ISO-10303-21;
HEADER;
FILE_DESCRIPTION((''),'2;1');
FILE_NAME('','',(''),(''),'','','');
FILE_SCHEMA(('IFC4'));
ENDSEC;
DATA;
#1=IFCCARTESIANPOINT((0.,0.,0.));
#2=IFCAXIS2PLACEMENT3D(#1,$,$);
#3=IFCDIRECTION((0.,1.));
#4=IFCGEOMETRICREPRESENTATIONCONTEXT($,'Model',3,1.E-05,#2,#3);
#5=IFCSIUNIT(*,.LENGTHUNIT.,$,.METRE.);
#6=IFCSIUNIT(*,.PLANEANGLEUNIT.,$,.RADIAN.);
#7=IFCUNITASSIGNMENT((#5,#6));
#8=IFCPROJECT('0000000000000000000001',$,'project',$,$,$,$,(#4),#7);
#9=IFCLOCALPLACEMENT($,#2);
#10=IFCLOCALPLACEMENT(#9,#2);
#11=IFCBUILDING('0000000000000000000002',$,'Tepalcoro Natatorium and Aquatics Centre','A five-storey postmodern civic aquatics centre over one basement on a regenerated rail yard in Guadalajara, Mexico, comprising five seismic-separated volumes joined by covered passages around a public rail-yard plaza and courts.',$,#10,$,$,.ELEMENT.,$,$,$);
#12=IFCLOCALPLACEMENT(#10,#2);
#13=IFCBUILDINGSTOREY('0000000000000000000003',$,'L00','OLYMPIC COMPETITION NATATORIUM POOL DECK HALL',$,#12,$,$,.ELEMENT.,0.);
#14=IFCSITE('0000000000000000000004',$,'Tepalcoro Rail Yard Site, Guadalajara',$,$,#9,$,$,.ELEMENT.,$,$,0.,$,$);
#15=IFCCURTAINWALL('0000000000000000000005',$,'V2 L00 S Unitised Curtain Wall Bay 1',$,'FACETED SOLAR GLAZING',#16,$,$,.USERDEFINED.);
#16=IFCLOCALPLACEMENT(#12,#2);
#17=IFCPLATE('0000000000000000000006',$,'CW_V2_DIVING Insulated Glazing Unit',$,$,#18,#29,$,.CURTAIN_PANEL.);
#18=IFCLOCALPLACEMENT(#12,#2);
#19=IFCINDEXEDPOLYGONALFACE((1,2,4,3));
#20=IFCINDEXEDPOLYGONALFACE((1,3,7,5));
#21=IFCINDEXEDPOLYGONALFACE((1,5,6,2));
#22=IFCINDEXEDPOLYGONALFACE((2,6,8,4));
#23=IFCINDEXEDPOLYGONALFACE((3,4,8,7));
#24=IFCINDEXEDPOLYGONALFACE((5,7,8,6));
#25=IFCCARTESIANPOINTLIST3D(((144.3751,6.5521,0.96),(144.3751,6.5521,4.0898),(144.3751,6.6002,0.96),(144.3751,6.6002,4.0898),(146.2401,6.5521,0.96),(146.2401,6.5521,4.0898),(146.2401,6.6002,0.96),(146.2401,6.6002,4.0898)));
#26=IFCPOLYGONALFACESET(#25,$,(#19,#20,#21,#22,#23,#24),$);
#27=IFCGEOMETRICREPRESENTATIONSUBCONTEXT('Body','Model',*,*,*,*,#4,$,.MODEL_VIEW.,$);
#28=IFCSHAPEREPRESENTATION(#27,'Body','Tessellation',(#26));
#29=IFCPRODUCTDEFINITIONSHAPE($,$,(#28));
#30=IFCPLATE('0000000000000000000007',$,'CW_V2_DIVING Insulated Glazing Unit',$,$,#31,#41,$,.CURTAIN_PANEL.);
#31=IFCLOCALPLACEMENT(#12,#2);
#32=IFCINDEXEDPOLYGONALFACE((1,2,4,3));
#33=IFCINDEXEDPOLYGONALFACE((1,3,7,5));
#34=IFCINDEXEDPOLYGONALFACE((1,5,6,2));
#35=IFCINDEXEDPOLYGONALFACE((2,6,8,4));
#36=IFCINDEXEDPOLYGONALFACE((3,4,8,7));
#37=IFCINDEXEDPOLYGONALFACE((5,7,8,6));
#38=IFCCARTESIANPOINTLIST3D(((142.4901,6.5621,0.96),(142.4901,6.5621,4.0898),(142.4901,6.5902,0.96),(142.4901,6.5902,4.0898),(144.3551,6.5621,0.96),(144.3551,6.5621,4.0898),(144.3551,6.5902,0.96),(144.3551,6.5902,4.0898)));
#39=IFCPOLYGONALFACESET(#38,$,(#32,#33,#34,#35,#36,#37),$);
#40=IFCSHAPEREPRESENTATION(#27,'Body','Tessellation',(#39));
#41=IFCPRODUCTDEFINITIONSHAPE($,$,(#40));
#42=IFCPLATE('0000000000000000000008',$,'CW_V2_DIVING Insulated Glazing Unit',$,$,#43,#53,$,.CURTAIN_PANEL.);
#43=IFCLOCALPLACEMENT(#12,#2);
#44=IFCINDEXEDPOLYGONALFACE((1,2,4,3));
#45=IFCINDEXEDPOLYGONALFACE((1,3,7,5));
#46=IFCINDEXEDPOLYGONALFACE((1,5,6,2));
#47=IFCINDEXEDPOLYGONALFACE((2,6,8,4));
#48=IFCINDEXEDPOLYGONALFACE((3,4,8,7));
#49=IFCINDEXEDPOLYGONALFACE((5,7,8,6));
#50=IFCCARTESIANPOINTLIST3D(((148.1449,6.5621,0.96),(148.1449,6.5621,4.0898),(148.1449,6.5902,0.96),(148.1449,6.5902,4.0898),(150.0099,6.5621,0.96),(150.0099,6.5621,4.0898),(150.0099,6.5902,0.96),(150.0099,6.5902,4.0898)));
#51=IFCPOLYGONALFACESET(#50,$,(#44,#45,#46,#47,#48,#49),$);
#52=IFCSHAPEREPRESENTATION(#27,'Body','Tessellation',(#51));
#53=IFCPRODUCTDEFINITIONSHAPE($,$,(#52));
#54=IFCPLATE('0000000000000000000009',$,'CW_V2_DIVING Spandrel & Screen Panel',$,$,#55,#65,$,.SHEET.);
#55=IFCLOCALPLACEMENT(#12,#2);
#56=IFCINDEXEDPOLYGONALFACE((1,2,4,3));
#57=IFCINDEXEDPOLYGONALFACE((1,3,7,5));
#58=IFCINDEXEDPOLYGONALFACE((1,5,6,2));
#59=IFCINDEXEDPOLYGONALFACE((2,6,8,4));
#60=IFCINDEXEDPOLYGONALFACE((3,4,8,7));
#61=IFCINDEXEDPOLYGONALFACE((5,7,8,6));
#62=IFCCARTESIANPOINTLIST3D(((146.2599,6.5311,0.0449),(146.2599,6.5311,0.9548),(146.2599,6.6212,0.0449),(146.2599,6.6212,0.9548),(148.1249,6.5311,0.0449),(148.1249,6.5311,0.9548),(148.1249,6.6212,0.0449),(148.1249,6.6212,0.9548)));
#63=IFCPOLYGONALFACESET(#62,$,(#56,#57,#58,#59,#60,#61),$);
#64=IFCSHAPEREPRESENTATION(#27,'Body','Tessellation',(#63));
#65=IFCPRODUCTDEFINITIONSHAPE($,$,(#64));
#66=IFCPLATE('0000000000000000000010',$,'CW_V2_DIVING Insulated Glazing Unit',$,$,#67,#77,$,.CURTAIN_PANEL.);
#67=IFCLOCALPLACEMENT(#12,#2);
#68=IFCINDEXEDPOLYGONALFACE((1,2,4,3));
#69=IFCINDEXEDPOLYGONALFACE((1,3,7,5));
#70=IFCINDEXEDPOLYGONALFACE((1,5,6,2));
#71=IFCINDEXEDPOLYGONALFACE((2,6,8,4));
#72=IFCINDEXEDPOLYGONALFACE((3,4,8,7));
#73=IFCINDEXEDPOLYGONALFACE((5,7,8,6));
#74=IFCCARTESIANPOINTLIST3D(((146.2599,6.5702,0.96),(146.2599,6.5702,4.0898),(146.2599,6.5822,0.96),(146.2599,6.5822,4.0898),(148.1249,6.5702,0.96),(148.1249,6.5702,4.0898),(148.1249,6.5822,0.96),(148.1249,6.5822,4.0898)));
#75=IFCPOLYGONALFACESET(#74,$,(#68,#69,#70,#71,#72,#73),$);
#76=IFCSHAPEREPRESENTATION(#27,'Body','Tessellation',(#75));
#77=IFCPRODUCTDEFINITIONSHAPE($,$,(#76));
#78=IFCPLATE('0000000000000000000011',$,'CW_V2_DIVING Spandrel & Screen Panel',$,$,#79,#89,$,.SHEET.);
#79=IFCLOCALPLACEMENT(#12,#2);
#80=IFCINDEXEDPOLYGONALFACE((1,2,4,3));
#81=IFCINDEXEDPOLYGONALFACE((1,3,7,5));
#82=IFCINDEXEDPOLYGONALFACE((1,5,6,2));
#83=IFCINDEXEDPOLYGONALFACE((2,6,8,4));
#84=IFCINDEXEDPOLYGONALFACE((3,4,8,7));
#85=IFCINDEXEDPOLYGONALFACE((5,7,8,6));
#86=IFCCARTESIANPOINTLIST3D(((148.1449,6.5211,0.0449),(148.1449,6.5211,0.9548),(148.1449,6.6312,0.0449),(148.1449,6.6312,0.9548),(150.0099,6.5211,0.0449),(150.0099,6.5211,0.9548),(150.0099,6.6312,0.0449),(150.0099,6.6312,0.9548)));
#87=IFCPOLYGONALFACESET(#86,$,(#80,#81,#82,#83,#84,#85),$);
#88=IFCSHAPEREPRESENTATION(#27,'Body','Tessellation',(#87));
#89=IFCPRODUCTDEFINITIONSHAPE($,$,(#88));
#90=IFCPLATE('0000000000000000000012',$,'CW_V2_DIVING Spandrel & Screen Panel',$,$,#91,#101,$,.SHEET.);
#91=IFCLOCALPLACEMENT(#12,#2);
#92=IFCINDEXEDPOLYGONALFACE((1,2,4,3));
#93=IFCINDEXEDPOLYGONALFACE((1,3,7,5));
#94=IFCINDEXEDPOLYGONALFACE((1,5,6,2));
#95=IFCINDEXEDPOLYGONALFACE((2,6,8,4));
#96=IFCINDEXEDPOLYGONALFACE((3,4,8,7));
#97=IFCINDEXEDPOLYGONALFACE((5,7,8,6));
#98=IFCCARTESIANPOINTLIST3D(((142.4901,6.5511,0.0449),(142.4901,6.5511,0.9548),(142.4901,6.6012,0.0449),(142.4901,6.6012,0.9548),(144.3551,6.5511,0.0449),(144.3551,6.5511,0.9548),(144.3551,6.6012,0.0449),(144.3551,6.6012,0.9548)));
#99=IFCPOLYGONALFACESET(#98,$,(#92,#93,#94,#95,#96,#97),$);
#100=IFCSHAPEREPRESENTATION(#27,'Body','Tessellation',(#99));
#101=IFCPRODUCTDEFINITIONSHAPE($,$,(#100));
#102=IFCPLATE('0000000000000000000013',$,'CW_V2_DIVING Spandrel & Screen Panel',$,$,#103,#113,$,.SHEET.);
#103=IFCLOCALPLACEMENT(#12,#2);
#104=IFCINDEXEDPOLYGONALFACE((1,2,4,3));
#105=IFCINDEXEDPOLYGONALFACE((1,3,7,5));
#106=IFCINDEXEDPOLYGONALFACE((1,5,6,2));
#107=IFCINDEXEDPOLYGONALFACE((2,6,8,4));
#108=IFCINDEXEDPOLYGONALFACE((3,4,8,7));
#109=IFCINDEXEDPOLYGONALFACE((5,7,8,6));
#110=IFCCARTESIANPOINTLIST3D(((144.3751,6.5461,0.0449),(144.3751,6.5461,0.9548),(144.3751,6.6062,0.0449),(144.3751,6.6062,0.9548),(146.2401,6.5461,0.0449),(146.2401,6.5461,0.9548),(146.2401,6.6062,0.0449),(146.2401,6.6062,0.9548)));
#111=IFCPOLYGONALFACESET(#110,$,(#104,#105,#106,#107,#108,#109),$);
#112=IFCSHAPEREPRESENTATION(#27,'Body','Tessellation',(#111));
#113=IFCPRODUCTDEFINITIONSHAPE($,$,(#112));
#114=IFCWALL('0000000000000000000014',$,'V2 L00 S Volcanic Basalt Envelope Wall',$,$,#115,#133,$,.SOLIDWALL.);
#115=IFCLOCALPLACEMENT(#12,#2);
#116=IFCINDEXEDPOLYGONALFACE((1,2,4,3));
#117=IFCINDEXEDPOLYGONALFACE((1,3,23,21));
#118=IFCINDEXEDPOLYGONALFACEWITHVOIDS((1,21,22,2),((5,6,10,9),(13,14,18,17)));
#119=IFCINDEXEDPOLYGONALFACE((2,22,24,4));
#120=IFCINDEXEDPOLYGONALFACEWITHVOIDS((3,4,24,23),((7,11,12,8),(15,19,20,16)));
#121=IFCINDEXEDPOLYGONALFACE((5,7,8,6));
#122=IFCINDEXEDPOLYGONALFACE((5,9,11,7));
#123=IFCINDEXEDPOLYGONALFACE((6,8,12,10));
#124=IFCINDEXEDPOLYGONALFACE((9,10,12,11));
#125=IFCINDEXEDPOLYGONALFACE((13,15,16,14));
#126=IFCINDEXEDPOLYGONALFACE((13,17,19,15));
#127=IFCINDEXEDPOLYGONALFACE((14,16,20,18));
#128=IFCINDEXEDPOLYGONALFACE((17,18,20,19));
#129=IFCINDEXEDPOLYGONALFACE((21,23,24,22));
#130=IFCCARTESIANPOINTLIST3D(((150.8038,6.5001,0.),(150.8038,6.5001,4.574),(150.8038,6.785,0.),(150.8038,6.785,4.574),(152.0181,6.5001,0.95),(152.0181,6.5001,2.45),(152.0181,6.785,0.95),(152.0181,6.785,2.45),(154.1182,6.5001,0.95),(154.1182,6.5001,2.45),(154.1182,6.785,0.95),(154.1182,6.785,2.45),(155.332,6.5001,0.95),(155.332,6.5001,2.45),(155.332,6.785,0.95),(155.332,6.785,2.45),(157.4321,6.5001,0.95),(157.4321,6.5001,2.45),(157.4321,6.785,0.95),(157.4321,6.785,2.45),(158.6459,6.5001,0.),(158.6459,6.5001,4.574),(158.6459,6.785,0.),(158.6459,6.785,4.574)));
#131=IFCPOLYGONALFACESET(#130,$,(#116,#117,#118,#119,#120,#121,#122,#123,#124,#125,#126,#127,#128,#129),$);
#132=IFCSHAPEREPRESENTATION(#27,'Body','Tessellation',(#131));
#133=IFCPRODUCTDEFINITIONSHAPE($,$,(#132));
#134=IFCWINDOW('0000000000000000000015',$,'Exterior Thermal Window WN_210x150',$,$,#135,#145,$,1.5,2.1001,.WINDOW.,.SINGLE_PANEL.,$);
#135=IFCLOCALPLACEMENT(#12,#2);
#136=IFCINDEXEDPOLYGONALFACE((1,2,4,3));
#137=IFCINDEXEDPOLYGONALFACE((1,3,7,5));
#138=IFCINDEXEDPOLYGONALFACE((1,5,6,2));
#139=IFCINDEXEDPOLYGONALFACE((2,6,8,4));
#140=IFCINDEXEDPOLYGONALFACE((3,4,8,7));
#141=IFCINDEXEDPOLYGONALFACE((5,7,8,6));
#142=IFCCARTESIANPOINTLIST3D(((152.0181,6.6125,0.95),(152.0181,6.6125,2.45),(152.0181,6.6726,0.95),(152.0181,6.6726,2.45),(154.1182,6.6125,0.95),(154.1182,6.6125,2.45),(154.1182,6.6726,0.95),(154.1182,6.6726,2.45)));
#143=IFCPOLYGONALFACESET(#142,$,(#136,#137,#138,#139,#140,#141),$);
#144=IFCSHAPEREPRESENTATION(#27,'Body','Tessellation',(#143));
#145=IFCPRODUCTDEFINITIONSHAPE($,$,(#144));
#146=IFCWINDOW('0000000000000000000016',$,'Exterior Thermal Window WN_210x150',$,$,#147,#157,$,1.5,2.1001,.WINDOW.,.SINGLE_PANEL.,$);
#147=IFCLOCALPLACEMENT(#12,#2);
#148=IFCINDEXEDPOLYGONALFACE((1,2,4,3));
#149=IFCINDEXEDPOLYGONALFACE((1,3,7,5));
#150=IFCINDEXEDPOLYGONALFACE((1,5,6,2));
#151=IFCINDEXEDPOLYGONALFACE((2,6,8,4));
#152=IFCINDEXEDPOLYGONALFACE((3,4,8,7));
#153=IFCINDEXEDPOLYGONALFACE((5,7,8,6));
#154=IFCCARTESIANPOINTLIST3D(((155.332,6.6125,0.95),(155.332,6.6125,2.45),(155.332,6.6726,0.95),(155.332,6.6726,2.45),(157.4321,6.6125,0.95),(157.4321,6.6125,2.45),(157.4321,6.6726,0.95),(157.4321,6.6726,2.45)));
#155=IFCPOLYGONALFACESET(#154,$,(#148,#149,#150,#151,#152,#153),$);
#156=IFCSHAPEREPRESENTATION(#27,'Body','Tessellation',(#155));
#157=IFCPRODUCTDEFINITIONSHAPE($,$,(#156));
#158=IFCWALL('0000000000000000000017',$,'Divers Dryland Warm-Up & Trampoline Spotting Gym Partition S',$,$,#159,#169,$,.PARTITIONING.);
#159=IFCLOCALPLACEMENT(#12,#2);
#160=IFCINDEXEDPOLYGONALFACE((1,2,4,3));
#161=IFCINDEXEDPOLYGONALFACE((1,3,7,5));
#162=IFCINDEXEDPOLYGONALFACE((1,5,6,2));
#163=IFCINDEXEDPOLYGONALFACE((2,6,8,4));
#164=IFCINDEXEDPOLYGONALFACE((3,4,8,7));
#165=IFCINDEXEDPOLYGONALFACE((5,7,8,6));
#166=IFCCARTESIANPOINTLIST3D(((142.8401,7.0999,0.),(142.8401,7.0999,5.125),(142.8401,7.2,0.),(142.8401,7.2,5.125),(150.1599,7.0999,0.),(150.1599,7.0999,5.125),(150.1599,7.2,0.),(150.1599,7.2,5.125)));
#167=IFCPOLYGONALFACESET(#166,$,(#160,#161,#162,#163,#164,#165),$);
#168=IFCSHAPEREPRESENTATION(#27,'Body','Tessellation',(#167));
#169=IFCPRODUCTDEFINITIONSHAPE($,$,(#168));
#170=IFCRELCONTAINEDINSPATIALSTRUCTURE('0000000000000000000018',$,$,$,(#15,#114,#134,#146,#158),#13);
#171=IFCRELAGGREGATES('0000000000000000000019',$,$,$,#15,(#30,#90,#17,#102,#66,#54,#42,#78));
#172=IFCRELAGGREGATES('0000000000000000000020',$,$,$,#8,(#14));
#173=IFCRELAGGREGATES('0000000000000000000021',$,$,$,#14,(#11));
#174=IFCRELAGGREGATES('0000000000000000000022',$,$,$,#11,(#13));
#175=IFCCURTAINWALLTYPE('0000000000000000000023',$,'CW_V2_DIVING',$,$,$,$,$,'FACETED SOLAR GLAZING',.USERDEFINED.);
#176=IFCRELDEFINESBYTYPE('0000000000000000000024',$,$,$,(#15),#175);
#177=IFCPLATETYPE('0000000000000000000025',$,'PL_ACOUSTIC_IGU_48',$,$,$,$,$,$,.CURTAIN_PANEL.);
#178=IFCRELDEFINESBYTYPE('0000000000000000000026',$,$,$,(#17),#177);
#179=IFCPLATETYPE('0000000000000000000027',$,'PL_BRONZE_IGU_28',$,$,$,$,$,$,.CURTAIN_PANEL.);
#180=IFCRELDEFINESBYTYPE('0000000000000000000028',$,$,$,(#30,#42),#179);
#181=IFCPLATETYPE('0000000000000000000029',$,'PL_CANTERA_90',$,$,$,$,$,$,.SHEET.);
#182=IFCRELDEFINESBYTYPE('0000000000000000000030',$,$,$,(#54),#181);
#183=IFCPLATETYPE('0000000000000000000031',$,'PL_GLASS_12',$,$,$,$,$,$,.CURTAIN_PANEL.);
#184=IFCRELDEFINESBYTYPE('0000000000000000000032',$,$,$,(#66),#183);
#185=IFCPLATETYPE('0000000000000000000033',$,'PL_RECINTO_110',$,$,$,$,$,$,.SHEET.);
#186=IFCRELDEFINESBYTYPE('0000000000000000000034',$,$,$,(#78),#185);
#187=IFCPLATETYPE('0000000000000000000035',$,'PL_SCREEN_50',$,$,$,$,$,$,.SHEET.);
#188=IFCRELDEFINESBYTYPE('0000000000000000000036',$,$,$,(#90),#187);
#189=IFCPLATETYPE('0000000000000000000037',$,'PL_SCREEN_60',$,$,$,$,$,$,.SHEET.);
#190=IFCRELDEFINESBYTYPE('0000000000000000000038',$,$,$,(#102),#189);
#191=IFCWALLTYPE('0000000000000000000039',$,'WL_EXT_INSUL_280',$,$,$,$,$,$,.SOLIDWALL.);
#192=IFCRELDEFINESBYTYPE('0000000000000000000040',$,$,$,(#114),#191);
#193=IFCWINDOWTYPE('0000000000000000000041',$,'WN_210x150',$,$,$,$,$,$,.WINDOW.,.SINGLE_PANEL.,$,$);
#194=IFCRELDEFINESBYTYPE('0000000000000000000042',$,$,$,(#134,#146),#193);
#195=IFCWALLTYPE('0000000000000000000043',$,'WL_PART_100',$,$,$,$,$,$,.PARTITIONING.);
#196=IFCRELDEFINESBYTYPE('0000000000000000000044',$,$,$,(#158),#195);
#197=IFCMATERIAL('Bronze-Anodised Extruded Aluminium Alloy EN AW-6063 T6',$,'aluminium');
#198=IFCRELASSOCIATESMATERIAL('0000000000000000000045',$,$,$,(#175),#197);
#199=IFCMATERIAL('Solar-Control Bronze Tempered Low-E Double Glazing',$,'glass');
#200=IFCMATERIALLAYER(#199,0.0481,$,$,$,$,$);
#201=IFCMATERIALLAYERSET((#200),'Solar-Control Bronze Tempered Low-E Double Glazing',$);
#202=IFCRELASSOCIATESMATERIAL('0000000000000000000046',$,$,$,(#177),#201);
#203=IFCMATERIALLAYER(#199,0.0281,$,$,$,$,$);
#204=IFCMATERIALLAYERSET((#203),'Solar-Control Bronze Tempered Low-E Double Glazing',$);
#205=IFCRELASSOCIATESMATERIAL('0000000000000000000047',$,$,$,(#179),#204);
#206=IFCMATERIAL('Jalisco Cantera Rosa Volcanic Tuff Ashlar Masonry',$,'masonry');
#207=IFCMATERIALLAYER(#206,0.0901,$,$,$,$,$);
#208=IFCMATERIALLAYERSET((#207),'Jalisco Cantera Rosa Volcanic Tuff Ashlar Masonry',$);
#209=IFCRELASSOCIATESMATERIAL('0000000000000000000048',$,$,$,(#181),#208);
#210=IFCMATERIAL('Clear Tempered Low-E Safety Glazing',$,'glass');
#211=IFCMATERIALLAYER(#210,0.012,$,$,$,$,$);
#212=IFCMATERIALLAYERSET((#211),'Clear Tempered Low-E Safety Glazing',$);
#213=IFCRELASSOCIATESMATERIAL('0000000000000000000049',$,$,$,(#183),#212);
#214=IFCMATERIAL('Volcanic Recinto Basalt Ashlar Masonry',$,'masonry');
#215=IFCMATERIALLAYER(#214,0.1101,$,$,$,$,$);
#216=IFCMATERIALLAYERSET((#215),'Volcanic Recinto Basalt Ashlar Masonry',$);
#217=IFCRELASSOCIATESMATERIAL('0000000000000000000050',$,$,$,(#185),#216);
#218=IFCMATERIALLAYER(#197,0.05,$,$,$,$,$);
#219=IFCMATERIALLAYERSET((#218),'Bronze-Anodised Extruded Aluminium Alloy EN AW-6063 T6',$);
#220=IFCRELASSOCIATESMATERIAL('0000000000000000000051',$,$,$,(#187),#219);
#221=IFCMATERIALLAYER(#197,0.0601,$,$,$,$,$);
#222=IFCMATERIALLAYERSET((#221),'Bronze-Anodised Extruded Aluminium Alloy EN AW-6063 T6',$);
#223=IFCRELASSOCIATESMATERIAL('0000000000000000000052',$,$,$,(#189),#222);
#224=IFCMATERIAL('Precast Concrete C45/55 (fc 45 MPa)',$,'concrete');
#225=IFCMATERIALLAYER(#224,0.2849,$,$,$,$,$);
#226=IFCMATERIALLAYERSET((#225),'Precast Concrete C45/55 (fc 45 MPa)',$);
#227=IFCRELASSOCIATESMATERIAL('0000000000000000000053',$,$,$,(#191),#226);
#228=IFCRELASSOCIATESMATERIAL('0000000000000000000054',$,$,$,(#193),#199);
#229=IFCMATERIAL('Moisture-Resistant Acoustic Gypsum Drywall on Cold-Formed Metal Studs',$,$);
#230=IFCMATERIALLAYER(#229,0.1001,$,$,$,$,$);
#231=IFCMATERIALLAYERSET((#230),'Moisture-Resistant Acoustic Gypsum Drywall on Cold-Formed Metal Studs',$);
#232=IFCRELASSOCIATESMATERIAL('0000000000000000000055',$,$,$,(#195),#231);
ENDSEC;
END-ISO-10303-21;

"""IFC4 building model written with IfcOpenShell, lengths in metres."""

from ifc_helpers import new_model, si_unit, direction, frame, frame_2d, origin, origin_2d, place, context, subcontext, project, spatial, rectangle, extrude, material, layer, layer_set, type_object, element, fill, aggregate, save


model = new_model("IFC4")

# Units and contexts
model_context = context("Model", 3, precision=1e-05, world=origin(), true_north=direction((0.0, 1.0)))
body_context = subcontext(model_context, "Body", "Model", "MODEL_VIEW")
ifc_project = project(units=[si_unit("LENGTHUNIT", "METRE"), si_unit("PLANEANGLEUNIT", "RADIAN")], contexts=[model_context])

# Site, building, storey
site_placement = place(None, origin())
site = spatial("IfcSite", under=ifc_project, at=site_placement, Name="Tepalcoro Rail Yard Site, Guadalajara", CompositionType="ELEMENT", RefElevation=0.0)
building_placement = place(site_placement, origin())
building = spatial("IfcBuilding", under=site, at=building_placement, Name="Tepalcoro Natatorium and Aquatics Centre", Description="A five-storey postmodern civic aquatics centre over one basement on a regenerated rail yard in Guadalajara, Mexico, comprising five seismic-separated volumes joined by covered passages around a public rail-yard plaza and courts.", CompositionType="ELEMENT")
storey_placement = place(building_placement, origin())
storey = spatial("IfcBuildingStorey", under=building, at=storey_placement, Name="L00", Description="OLYMPIC COMPETITION NATATORIUM POOL DECK HALL", CompositionType="ELEMENT", Elevation=0.0)

# Curtain wall
ifc_material_1 = material(Name="Bronze-Anodised Extruded Aluminium Alloy EN AW-6063 T6", Category="aluminium")
curtain_wall_type = type_object("IfcCurtainWallType", Name="CW_V2_DIVING", ElementType="FACETED SOLAR GLAZING", PredefinedType="USERDEFINED", material=ifc_material_1)
curtain_wall_placement = place(storey_placement, origin())
curtain_wall = element("IfcCurtainWall", 1, at=curtain_wall_placement, inside=storey, type_object=curtain_wall_type, Name="V2 L00 S Unitised Curtain Wall Bay 1", ObjectType="FACETED SOLAR GLAZING", PredefinedType="USERDEFINED")

# Plates
ifc_material_2 = material(Name="Solar-Control Bronze Tempered Low-E Double Glazing", Category="glass")
ifc_layer_1 = layer(ifc_material_2, 0.0481)
ifc_layer_set_1 = layer_set([ifc_layer_1], Name="Solar-Control Bronze Tempered Low-E Double Glazing")
plate_type_1 = type_object("IfcPlateType", Name="PL_ACOUSTIC_IGU_48", PredefinedType="CURTAIN_PANEL", material=ifc_layer_set_1)
plate_1_placement = place(storey_placement, frame((145.3076, 6.5762, 0.96), z_axis=(0.0, 0.0, 1.0), x_axis=(1.0, 0.0, 0.0)))
plate_1 = element("IfcPlate", 2, at=plate_1_placement, type_object=plate_type_1, Name="CW_V2_DIVING Insulated Glazing Unit", PredefinedType="CURTAIN_PANEL", context=body_context, shape_type="SweptSolid", body=[
    extrude(rectangle(XDim=1.865, YDim=0.0481, at=origin_2d()), origin(), (0.0, 0.0, 1.0), 3.1299),
])
ifc_layer_2 = layer(ifc_material_2, 0.0281)
ifc_layer_set_2 = layer_set([ifc_layer_2], Name="Solar-Control Bronze Tempered Low-E Double Glazing")
plate_type_2 = type_object("IfcPlateType", Name="PL_BRONZE_IGU_28", PredefinedType="CURTAIN_PANEL", material=ifc_layer_set_2)
plate_2_placement = place(storey_placement, frame((143.4226, 6.5762, 0.96), z_axis=(0.0, 0.0, 1.0), x_axis=(1.0, 0.0, 0.0)))
plate_2 = element("IfcPlate", 3, at=plate_2_placement, type_object=plate_type_2, Name="CW_V2_DIVING Insulated Glazing Unit", PredefinedType="CURTAIN_PANEL", context=body_context, shape_type="SweptSolid", body=[
    extrude(rectangle(XDim=1.865, YDim=0.0281, at=origin_2d()), origin(), (0.0, 0.0, 1.0), 3.1299),
])
plate_3_placement = place(storey_placement, frame((149.0774, 6.5762, 0.96), z_axis=(0.0, 0.0, 1.0), x_axis=(1.0, 0.0, 0.0)))
plate_3 = element("IfcPlate", 4, at=plate_3_placement, type_object=plate_type_2, Name="CW_V2_DIVING Insulated Glazing Unit", PredefinedType="CURTAIN_PANEL", context=body_context, shape_type="SweptSolid", body=[
    extrude(rectangle(XDim=1.865, YDim=0.0281, at=origin_2d()), origin(), (0.0, 0.0, 1.0), 3.1299),
])
ifc_material_3 = material(Name="Jalisco Cantera Rosa Volcanic Tuff Ashlar Masonry", Category="masonry")
ifc_layer_3 = layer(ifc_material_3, 0.0901)
ifc_layer_set_3 = layer_set([ifc_layer_3], Name="Jalisco Cantera Rosa Volcanic Tuff Ashlar Masonry")
plate_type_3 = type_object("IfcPlateType", Name="PL_CANTERA_90", PredefinedType="SHEET", material=ifc_layer_set_3)
plate_4_placement = place(storey_placement, frame((147.1924, 6.5762, 0.0449), z_axis=(0.0, 0.0, 1.0), x_axis=(1.0, 0.0, 0.0)))
plate_4 = element("IfcPlate", 5, at=plate_4_placement, type_object=plate_type_3, Name="CW_V2_DIVING Spandrel & Screen Panel", PredefinedType="SHEET", context=body_context, shape_type="SweptSolid", body=[
    extrude(rectangle(XDim=1.865, YDim=0.0901, at=origin_2d()), origin(), (0.0, 0.0, 1.0), 0.9099),
])
ifc_material_4 = material(Name="Clear Tempered Low-E Safety Glazing", Category="glass")
ifc_layer_4 = layer(ifc_material_4, 0.012)
ifc_layer_set_4 = layer_set([ifc_layer_4], Name="Clear Tempered Low-E Safety Glazing")
plate_type_4 = type_object("IfcPlateType", Name="PL_GLASS_12", PredefinedType="CURTAIN_PANEL", material=ifc_layer_set_4)
plate_5_placement = place(storey_placement, frame((147.1924, 6.5762, 0.96), z_axis=(0.0, 0.0, 1.0), x_axis=(1.0, 0.0, 0.0)))
plate_5 = element("IfcPlate", 6, at=plate_5_placement, type_object=plate_type_4, Name="CW_V2_DIVING Insulated Glazing Unit", PredefinedType="CURTAIN_PANEL", context=body_context, shape_type="SweptSolid", body=[
    extrude(rectangle(XDim=1.865, YDim=0.012, at=origin_2d()), origin(), (0.0, 0.0, 1.0), 3.1299),
])
ifc_material_5 = material(Name="Volcanic Recinto Basalt Ashlar Masonry", Category="masonry")
ifc_layer_5 = layer(ifc_material_5, 0.1101)
ifc_layer_set_5 = layer_set([ifc_layer_5], Name="Volcanic Recinto Basalt Ashlar Masonry")
plate_type_5 = type_object("IfcPlateType", Name="PL_RECINTO_110", PredefinedType="SHEET", material=ifc_layer_set_5)
plate_6_placement = place(storey_placement, frame((149.0774, 6.5762, 0.0449), z_axis=(0.0, 0.0, 1.0), x_axis=(1.0, 0.0, 0.0)))
plate_6 = element("IfcPlate", 7, at=plate_6_placement, type_object=plate_type_5, Name="CW_V2_DIVING Spandrel & Screen Panel", PredefinedType="SHEET", context=body_context, shape_type="SweptSolid", body=[
    extrude(rectangle(XDim=1.865, YDim=0.1101, at=origin_2d()), origin(), (0.0, 0.0, 1.0), 0.9099),
])
ifc_layer_6 = layer(ifc_material_1, 0.05)
ifc_layer_set_6 = layer_set([ifc_layer_6], Name="Bronze-Anodised Extruded Aluminium Alloy EN AW-6063 T6")
plate_type_6 = type_object("IfcPlateType", Name="PL_SCREEN_50", PredefinedType="SHEET", material=ifc_layer_set_6)
plate_7_placement = place(storey_placement, frame((143.4226, 6.5762, 0.0449), z_axis=(0.0, 0.0, 1.0), x_axis=(1.0, 0.0, 0.0)))
plate_7 = element("IfcPlate", 8, at=plate_7_placement, type_object=plate_type_6, Name="CW_V2_DIVING Spandrel & Screen Panel", PredefinedType="SHEET", context=body_context, shape_type="SweptSolid", body=[
    extrude(rectangle(XDim=1.865, YDim=0.05, at=origin_2d()), origin(), (0.0, 0.0, 1.0), 0.9099),
])
ifc_layer_7 = layer(ifc_material_1, 0.0601)
ifc_layer_set_7 = layer_set([ifc_layer_7], Name="Bronze-Anodised Extruded Aluminium Alloy EN AW-6063 T6")
plate_type_7 = type_object("IfcPlateType", Name="PL_SCREEN_60", PredefinedType="SHEET", material=ifc_layer_set_7)
plate_8_placement = place(storey_placement, frame((145.3076, 6.5762, 0.0449), z_axis=(0.0, 0.0, 1.0), x_axis=(1.0, 0.0, 0.0)))
plate_8 = element("IfcPlate", 9, at=plate_8_placement, type_object=plate_type_7, Name="CW_V2_DIVING Spandrel & Screen Panel", PredefinedType="SHEET", context=body_context, shape_type="SweptSolid", body=[
    extrude(rectangle(XDim=1.865, YDim=0.0601, at=origin_2d()), origin(), (0.0, 0.0, 1.0), 0.9099),
])
aggregate(curtain_wall, [plate_2, plate_7, plate_1, plate_8, plate_5, plate_4, plate_3, plate_6])

# Wall, openings, windows
ifc_material_6 = material(Name="Precast Concrete C45/55 (fc 45 MPa)", Category="concrete")
ifc_layer_8 = layer(ifc_material_6, 0.2849)
ifc_layer_set_8 = layer_set([ifc_layer_8], Name="Precast Concrete C45/55 (fc 45 MPa)")
wall_type_1 = type_object("IfcWallType", Name="WL_EXT_INSUL_280", PredefinedType="SOLIDWALL", material=ifc_layer_set_8)
wall_1_placement = place(storey_placement, frame((150.804, 6.6426, 0.0), z_axis=(0.0, 0.0, 1.0), x_axis=(1.0, 0.0, 0.0)))
wall_1 = element("IfcWall", 10, at=wall_1_placement, inside=storey, type_object=wall_type_1, Name="V2 L00 S Volcanic Basalt Envelope Wall", PredefinedType="SOLIDWALL", context=body_context, shape_type="SweptSolid", body=[
    extrude(rectangle(XDim=7.842, YDim=0.2849, at=frame_2d((3.9209, 0.0))), origin(), (0.0, 0.0, 1.0), 4.574),
])
opening_1_placement = place(wall_1_placement, frame((1.2141, 0.0, 0.95)))
opening_1 = element("IfcOpeningElement", 11, at=opening_1_placement, cuts=wall_1, PredefinedType="OPENING", context=body_context, shape_type="SweptSolid", body=[
    extrude(rectangle(XDim=2.1001, YDim=1.5, at=frame_2d((1.05, 0.75))), frame((0.0, 0.1543, 0.0), z_axis=(0.0, -1.0, 0.0), x_axis=(1.0, 0.0, 0.0)), (0.0, 0.0, 1.0), 0.3088),
])
opening_2_placement = place(wall_1_placement, frame((4.5281, 0.0, 0.95)))
opening_2 = element("IfcOpeningElement", 12, at=opening_2_placement, cuts=wall_1, PredefinedType="OPENING", context=body_context, shape_type="SweptSolid", body=[
    extrude(rectangle(XDim=2.1001, YDim=1.5, at=frame_2d((1.05, 0.75))), frame((0.0, 0.1543, 0.0), z_axis=(0.0, -1.0, 0.0), x_axis=(1.0, 0.0, 0.0)), (0.0, 0.0, 1.0), 0.3088),
])
window_type = type_object("IfcWindowType", Name="WN_210x150", PartitioningType="SINGLE_PANEL", PredefinedType="WINDOW", material=ifc_material_2)
window_1_placement = place(opening_1_placement, origin())
window_1 = element("IfcWindow", 13, at=window_1_placement, inside=storey, type_object=window_type, Name="Exterior Thermal Window WN_210x150", OverallHeight=1.5, OverallWidth=2.1001, PartitioningType="SINGLE_PANEL", PredefinedType="WINDOW", context=body_context, shape_type="SweptSolid", body=[
    extrude(rectangle(XDim=2.1001, YDim=1.5, at=frame_2d((1.05, 0.75))), frame((0.0, 0.03, 0.0), z_axis=(0.0, -1.0, 0.0), x_axis=(1.0, 0.0, 0.0)), (0.0, 0.0, 1.0), 0.0601),
])
fill(opening_1, window_1)
window_2_placement = place(opening_2_placement, origin())
window_2 = element("IfcWindow", 14, at=window_2_placement, inside=storey, type_object=window_type, Name="Exterior Thermal Window WN_210x150", OverallHeight=1.5, OverallWidth=2.1001, PartitioningType="SINGLE_PANEL", PredefinedType="WINDOW", context=body_context, shape_type="SweptSolid", body=[
    extrude(rectangle(XDim=2.1001, YDim=1.5, at=frame_2d((1.05, 0.75))), frame((0.0, 0.03, 0.0), z_axis=(0.0, -1.0, 0.0), x_axis=(1.0, 0.0, 0.0)), (0.0, 0.0, 1.0), 0.0601),
])
fill(opening_2, window_2)

# Wall
ifc_material_7 = material(Name="Moisture-Resistant Acoustic Gypsum Drywall on Cold-Formed Metal Studs")
ifc_layer_9 = layer(ifc_material_7, 0.1001)
ifc_layer_set_9 = layer_set([ifc_layer_9], Name="Moisture-Resistant Acoustic Gypsum Drywall on Cold-Formed Metal Studs")
wall_type_2 = type_object("IfcWallType", Name="WL_PART_100", PredefinedType="PARTITIONING", material=ifc_layer_set_9)
wall_2_placement = place(storey_placement, frame((142.8401, 7.1499, 0.0), z_axis=(0.0, 0.0, 1.0), x_axis=(1.0, 0.0, 0.0)))
element("IfcWall", 15, at=wall_2_placement, inside=storey, type_object=wall_type_2, Name="Divers Dryland Warm-Up & Trampoline Spotting Gym Partition S", PredefinedType="PARTITIONING", context=body_context, shape_type="SweptSolid", body=[
    extrude(rectangle(XDim=7.3198, YDim=0.1001, at=frame_2d((3.6599, 0.0))), origin(), (0.0, 0.0, 1.0), 5.125),
])

save(model, "model.ifc")
